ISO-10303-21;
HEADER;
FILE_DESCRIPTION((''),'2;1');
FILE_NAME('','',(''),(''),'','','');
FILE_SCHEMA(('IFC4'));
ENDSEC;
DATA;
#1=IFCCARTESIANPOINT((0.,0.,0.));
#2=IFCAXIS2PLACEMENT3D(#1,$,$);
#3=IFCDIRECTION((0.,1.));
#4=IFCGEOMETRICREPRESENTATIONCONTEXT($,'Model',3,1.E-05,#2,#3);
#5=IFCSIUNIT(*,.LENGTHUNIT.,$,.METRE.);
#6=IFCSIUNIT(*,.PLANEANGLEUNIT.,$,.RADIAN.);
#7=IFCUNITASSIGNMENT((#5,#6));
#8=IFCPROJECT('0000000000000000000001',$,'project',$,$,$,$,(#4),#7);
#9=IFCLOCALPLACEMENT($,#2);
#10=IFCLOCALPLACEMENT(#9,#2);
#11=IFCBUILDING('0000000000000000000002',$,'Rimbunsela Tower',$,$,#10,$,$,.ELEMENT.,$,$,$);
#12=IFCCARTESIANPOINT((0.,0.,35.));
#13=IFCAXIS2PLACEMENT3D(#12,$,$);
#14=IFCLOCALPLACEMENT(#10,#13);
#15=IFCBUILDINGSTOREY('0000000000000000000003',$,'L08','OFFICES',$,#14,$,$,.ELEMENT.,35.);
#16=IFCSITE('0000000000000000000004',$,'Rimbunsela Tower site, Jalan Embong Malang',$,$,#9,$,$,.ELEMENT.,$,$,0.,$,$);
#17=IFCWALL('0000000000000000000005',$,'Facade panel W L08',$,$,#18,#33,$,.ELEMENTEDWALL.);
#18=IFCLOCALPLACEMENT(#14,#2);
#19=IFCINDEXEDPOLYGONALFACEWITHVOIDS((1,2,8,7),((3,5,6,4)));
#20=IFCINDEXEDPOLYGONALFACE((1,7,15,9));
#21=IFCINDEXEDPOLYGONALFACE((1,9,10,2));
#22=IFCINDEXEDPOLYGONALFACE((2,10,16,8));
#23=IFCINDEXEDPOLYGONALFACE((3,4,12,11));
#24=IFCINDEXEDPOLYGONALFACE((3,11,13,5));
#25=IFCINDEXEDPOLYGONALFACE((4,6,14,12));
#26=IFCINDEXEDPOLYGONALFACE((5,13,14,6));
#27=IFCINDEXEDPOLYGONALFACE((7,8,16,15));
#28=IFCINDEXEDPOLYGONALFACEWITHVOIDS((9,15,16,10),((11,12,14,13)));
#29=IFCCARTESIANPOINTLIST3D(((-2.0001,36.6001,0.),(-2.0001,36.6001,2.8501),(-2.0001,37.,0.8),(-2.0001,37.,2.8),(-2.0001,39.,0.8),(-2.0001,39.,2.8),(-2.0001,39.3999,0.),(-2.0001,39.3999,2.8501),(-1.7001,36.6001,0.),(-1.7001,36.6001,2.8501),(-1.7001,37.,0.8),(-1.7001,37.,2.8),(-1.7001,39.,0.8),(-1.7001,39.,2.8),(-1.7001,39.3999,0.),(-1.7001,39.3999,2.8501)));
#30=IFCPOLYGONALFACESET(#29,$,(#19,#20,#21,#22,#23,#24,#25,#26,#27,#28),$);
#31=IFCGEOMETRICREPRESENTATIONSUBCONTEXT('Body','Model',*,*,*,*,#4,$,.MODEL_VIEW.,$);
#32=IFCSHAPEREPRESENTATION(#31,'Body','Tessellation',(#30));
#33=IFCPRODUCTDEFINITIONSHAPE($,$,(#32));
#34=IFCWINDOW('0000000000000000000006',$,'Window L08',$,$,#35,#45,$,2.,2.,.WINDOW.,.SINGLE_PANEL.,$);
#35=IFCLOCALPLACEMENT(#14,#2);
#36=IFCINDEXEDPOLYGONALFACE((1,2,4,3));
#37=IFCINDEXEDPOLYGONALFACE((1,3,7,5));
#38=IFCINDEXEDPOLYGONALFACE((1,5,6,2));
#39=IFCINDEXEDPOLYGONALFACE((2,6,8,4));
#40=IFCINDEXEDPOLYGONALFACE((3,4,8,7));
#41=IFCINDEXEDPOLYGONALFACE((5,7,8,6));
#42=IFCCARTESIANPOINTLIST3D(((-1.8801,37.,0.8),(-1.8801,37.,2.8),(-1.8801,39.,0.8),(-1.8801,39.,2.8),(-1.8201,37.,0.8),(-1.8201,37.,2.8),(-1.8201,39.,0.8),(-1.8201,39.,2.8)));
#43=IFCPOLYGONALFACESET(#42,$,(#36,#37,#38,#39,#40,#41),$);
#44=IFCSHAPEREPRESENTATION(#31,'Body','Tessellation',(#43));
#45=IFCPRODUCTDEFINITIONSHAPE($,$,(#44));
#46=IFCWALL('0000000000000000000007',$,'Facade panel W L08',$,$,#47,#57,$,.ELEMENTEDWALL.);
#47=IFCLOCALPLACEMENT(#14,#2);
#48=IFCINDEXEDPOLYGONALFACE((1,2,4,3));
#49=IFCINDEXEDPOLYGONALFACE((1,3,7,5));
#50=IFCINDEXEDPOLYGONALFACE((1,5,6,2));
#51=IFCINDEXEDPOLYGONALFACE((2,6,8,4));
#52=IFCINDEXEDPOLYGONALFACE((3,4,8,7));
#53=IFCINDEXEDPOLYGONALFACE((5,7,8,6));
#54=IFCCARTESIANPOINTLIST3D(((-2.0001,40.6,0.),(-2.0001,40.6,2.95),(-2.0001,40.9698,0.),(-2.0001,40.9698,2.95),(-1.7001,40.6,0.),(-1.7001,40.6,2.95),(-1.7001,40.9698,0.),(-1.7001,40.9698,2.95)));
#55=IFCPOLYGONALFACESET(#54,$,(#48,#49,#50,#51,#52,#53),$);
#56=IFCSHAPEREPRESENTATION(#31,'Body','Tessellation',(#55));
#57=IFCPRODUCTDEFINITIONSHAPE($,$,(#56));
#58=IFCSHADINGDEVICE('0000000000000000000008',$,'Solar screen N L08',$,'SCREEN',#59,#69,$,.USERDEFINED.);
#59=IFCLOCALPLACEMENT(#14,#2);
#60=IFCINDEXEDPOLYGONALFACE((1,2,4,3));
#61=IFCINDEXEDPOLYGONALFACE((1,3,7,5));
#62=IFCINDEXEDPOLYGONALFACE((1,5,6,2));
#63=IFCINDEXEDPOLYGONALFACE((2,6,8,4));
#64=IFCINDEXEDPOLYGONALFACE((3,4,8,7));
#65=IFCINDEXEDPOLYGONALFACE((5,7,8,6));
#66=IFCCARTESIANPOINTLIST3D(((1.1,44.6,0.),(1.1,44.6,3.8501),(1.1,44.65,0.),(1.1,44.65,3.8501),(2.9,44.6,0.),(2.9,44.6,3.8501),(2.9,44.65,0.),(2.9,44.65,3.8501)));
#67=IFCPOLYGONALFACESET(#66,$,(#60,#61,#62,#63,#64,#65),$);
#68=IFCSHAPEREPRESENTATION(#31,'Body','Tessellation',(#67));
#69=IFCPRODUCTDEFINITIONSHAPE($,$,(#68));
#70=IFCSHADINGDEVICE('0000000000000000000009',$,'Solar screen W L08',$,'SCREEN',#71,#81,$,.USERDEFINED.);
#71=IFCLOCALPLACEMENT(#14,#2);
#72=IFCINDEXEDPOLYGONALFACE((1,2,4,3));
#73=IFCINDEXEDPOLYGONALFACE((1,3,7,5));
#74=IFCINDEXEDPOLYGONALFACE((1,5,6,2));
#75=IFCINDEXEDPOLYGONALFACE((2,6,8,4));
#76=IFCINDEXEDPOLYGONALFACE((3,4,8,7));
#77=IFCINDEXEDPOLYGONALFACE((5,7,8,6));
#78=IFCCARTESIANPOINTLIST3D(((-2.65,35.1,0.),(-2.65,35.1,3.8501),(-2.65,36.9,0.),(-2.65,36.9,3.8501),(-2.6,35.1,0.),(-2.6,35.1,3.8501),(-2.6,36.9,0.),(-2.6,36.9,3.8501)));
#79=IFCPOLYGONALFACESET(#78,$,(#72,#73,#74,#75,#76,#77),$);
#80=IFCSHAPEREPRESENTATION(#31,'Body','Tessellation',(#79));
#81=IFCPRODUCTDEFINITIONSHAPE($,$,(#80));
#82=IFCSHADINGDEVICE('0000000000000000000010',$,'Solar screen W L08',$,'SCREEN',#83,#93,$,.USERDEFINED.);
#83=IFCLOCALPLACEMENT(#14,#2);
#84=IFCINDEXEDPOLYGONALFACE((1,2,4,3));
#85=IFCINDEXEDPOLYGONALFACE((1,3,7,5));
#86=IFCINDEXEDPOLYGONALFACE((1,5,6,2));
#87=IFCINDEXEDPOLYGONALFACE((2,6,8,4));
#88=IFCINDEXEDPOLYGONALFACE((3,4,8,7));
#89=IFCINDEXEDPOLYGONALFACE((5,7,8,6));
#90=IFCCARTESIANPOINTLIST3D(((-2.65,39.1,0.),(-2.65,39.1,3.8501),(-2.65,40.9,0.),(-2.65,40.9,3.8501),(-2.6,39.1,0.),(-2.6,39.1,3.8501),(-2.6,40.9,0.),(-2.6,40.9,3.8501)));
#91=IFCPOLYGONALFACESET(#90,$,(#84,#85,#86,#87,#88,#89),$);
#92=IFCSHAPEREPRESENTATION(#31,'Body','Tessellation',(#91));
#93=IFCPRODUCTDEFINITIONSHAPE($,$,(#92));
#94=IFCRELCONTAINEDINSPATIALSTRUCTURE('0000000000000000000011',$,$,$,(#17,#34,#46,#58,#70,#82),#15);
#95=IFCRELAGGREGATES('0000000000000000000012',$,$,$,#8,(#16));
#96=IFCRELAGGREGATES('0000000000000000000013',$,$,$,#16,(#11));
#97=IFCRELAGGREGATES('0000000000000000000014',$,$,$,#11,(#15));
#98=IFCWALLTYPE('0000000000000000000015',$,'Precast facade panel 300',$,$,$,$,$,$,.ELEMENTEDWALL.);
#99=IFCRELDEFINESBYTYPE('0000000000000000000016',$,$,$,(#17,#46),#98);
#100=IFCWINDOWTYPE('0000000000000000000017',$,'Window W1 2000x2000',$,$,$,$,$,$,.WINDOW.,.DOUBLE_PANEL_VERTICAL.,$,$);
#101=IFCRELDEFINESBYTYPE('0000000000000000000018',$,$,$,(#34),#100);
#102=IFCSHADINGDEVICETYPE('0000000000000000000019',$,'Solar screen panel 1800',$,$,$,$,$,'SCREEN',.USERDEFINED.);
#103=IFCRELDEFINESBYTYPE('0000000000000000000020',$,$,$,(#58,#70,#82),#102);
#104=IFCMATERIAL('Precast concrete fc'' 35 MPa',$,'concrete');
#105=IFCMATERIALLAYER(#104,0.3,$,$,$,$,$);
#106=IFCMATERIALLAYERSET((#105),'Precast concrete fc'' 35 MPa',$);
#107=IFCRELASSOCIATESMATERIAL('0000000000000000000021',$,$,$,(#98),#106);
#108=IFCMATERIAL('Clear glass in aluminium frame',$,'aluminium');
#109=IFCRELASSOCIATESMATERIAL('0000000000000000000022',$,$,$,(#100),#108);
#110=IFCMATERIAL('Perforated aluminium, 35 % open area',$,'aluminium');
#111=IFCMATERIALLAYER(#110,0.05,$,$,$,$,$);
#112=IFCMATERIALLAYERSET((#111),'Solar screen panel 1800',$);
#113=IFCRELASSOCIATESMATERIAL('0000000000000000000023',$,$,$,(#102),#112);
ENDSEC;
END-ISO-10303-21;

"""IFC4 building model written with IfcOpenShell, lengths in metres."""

from ifc_helpers import new_model, si_unit, direction, frame, frame_2d, origin, origin_2d, place, context, subcontext, project, spatial, rectangle, extrude, material, layer, layer_set, type_object, element, fill, save


model = new_model("IFC4")

# Units and contexts
model_context = context("Model", 3, precision=1e-05, world=origin(), true_north=direction((0.0, 1.0)))
body_context = subcontext(model_context, "Body", "Model", "MODEL_VIEW")
ifc_project = project(units=[si_unit("LENGTHUNIT", "METRE"), si_unit("PLANEANGLEUNIT", "RADIAN")], contexts=[model_context])

# Site, building, storey
site_placement = place(None, origin())
site = spatial("IfcSite", under=ifc_project, at=site_placement, Name="Rimbunsela Tower site, Jalan Embong Malang", CompositionType="ELEMENT", RefElevation=0.0)
building_placement = place(site_placement, origin())
building = spatial("IfcBuilding", under=site, at=building_placement, Name="Rimbunsela Tower", CompositionType="ELEMENT")
storey_placement = place(building_placement, frame((0.0, 0.0, 35.0)))
storey = spatial("IfcBuildingStorey", under=building, at=storey_placement, Name="L08", Description="OFFICES", CompositionType="ELEMENT", Elevation=35.0)

# Shared definitions
ifc_material_1 = material(Name="Precast concrete fc' 35 MPa", Category="concrete")
ifc_layer_1 = layer(ifc_material_1, 0.3)
ifc_layer_set_1 = layer_set([ifc_layer_1], Name="Precast concrete fc' 35 MPa")
wall_type = type_object("IfcWallType", Name="Precast facade panel 300", PredefinedType="ELEMENTEDWALL", material=ifc_layer_set_1)

# Wall, opening, window
ifc_material_2 = material(Name="Clear glass in aluminium frame", Category="aluminium")
window_type = type_object("IfcWindowType", Name="Window W1 2000x2000", PartitioningType="DOUBLE_PANEL_VERTICAL", PredefinedType="WINDOW", material=ifc_material_2)
wall_1_placement = place(storey_placement, frame((-1.8501, 39.3999, 0.0), z_axis=(0.0, 0.0, 1.0), x_axis=(0.0, -1.0, 0.0)))
wall_1 = element("IfcWall", 1, at=wall_1_placement, inside=storey, type_object=wall_type, Name="Facade panel W L08", PredefinedType="ELEMENTEDWALL", context=body_context, shape_type="SweptSolid", body=[
    extrude(rectangle(XDim=2.7998, YDim=0.3, at=frame_2d((1.3999, 0.0))), origin(), (0.0, 0.0, 1.0), 2.8501),
])
opening_1_placement = place(wall_1_placement, frame((0.3999, 0.0, 0.8)))
opening_1 = element("IfcOpeningElement", 2, at=opening_1_placement, cuts=wall_1, PredefinedType="OPENING", context=body_context, shape_type="SweptSolid", body=[
    extrude(rectangle(XDim=2.0, YDim=2.0, at=frame_2d((1.0, 1.0))), frame((0.0, 0.1599, 0.0), z_axis=(0.0, -1.0, 0.0), x_axis=(1.0, 0.0, 0.0)), (0.0, 0.0, 1.0), 0.3201),
])
window_1_placement = place(opening_1_placement, origin())
window_1 = element("IfcWindow", 3, at=window_1_placement, inside=storey, type_object=window_type, Name="Window L08", OverallHeight=2.0, OverallWidth=2.0, PartitioningType="SINGLE_PANEL", PredefinedType="WINDOW", context=body_context, shape_type="SweptSolid", body=[
    extrude(rectangle(XDim=2.0, YDim=2.0, at=frame_2d((1.0, 1.0))), frame((0.0, 0.03, 0.0), z_axis=(0.0, -1.0, 0.0), x_axis=(1.0, 0.0, 0.0)), (0.0, 0.0, 1.0), 0.0601),
])
fill(opening_1, window_1)

# Wall
wall_2_placement = place(storey_placement, frame((-1.8501, 40.97, 0.0), z_axis=(0.0, 0.0, 1.0), x_axis=(0.0, -1.0, 0.0)))
element("IfcWall", 4, at=wall_2_placement, inside=storey, type_object=wall_type, Name="Facade panel W L08", PredefinedType="ELEMENTEDWALL", context=body_context, shape_type="SweptSolid", body=[
    extrude(rectangle(XDim=0.3699, YDim=0.3, at=frame_2d((0.1851, 0.0))), origin(), (0.0, 0.0, 1.0), 2.95),
])

# Shading devices
ifc_material_3 = material(Name="Perforated aluminium, 35 % open area", Category="aluminium")
ifc_layer_2 = layer(ifc_material_3, 0.05)
ifc_layer_set_2 = layer_set([ifc_layer_2], Name="Solar screen panel 1800")
shading_device_type = type_object("IfcShadingDeviceType", Name="Solar screen panel 1800", ElementType="SCREEN", PredefinedType="USERDEFINED", material=ifc_layer_set_2)
for number, where, z_axis, x_axis, name in (
    (5, (2.0, 44.625, 0.0), (0.0, 0.0, 1.0), (1.0, 0.0, 0.0), "Solar screen N L08"),
    (6, (-2.625, 36.0, 0.0), (0.0, 0.0, 1.0), (0.0, 1.0, 0.0), "Solar screen W L08"),
    (7, (-2.625, 40.0, 0.0), (0.0, 0.0, 1.0), (0.0, 1.0, 0.0), "Solar screen W L08"),
):
    element("IfcShadingDevice", number, at=place(storey_placement, frame(where, z_axis=z_axis, x_axis=x_axis)), inside=storey, type_object=shading_device_type, Name=name, ObjectType="SCREEN", PredefinedType="USERDEFINED", context=body_context, shape_type="SweptSolid", body=[
        extrude(rectangle(XDim=1.8, YDim=0.05, at=origin_2d()), origin(), (0.0, 0.0, 1.0), 3.8501),
    ])

save(model, "model.ifc")
